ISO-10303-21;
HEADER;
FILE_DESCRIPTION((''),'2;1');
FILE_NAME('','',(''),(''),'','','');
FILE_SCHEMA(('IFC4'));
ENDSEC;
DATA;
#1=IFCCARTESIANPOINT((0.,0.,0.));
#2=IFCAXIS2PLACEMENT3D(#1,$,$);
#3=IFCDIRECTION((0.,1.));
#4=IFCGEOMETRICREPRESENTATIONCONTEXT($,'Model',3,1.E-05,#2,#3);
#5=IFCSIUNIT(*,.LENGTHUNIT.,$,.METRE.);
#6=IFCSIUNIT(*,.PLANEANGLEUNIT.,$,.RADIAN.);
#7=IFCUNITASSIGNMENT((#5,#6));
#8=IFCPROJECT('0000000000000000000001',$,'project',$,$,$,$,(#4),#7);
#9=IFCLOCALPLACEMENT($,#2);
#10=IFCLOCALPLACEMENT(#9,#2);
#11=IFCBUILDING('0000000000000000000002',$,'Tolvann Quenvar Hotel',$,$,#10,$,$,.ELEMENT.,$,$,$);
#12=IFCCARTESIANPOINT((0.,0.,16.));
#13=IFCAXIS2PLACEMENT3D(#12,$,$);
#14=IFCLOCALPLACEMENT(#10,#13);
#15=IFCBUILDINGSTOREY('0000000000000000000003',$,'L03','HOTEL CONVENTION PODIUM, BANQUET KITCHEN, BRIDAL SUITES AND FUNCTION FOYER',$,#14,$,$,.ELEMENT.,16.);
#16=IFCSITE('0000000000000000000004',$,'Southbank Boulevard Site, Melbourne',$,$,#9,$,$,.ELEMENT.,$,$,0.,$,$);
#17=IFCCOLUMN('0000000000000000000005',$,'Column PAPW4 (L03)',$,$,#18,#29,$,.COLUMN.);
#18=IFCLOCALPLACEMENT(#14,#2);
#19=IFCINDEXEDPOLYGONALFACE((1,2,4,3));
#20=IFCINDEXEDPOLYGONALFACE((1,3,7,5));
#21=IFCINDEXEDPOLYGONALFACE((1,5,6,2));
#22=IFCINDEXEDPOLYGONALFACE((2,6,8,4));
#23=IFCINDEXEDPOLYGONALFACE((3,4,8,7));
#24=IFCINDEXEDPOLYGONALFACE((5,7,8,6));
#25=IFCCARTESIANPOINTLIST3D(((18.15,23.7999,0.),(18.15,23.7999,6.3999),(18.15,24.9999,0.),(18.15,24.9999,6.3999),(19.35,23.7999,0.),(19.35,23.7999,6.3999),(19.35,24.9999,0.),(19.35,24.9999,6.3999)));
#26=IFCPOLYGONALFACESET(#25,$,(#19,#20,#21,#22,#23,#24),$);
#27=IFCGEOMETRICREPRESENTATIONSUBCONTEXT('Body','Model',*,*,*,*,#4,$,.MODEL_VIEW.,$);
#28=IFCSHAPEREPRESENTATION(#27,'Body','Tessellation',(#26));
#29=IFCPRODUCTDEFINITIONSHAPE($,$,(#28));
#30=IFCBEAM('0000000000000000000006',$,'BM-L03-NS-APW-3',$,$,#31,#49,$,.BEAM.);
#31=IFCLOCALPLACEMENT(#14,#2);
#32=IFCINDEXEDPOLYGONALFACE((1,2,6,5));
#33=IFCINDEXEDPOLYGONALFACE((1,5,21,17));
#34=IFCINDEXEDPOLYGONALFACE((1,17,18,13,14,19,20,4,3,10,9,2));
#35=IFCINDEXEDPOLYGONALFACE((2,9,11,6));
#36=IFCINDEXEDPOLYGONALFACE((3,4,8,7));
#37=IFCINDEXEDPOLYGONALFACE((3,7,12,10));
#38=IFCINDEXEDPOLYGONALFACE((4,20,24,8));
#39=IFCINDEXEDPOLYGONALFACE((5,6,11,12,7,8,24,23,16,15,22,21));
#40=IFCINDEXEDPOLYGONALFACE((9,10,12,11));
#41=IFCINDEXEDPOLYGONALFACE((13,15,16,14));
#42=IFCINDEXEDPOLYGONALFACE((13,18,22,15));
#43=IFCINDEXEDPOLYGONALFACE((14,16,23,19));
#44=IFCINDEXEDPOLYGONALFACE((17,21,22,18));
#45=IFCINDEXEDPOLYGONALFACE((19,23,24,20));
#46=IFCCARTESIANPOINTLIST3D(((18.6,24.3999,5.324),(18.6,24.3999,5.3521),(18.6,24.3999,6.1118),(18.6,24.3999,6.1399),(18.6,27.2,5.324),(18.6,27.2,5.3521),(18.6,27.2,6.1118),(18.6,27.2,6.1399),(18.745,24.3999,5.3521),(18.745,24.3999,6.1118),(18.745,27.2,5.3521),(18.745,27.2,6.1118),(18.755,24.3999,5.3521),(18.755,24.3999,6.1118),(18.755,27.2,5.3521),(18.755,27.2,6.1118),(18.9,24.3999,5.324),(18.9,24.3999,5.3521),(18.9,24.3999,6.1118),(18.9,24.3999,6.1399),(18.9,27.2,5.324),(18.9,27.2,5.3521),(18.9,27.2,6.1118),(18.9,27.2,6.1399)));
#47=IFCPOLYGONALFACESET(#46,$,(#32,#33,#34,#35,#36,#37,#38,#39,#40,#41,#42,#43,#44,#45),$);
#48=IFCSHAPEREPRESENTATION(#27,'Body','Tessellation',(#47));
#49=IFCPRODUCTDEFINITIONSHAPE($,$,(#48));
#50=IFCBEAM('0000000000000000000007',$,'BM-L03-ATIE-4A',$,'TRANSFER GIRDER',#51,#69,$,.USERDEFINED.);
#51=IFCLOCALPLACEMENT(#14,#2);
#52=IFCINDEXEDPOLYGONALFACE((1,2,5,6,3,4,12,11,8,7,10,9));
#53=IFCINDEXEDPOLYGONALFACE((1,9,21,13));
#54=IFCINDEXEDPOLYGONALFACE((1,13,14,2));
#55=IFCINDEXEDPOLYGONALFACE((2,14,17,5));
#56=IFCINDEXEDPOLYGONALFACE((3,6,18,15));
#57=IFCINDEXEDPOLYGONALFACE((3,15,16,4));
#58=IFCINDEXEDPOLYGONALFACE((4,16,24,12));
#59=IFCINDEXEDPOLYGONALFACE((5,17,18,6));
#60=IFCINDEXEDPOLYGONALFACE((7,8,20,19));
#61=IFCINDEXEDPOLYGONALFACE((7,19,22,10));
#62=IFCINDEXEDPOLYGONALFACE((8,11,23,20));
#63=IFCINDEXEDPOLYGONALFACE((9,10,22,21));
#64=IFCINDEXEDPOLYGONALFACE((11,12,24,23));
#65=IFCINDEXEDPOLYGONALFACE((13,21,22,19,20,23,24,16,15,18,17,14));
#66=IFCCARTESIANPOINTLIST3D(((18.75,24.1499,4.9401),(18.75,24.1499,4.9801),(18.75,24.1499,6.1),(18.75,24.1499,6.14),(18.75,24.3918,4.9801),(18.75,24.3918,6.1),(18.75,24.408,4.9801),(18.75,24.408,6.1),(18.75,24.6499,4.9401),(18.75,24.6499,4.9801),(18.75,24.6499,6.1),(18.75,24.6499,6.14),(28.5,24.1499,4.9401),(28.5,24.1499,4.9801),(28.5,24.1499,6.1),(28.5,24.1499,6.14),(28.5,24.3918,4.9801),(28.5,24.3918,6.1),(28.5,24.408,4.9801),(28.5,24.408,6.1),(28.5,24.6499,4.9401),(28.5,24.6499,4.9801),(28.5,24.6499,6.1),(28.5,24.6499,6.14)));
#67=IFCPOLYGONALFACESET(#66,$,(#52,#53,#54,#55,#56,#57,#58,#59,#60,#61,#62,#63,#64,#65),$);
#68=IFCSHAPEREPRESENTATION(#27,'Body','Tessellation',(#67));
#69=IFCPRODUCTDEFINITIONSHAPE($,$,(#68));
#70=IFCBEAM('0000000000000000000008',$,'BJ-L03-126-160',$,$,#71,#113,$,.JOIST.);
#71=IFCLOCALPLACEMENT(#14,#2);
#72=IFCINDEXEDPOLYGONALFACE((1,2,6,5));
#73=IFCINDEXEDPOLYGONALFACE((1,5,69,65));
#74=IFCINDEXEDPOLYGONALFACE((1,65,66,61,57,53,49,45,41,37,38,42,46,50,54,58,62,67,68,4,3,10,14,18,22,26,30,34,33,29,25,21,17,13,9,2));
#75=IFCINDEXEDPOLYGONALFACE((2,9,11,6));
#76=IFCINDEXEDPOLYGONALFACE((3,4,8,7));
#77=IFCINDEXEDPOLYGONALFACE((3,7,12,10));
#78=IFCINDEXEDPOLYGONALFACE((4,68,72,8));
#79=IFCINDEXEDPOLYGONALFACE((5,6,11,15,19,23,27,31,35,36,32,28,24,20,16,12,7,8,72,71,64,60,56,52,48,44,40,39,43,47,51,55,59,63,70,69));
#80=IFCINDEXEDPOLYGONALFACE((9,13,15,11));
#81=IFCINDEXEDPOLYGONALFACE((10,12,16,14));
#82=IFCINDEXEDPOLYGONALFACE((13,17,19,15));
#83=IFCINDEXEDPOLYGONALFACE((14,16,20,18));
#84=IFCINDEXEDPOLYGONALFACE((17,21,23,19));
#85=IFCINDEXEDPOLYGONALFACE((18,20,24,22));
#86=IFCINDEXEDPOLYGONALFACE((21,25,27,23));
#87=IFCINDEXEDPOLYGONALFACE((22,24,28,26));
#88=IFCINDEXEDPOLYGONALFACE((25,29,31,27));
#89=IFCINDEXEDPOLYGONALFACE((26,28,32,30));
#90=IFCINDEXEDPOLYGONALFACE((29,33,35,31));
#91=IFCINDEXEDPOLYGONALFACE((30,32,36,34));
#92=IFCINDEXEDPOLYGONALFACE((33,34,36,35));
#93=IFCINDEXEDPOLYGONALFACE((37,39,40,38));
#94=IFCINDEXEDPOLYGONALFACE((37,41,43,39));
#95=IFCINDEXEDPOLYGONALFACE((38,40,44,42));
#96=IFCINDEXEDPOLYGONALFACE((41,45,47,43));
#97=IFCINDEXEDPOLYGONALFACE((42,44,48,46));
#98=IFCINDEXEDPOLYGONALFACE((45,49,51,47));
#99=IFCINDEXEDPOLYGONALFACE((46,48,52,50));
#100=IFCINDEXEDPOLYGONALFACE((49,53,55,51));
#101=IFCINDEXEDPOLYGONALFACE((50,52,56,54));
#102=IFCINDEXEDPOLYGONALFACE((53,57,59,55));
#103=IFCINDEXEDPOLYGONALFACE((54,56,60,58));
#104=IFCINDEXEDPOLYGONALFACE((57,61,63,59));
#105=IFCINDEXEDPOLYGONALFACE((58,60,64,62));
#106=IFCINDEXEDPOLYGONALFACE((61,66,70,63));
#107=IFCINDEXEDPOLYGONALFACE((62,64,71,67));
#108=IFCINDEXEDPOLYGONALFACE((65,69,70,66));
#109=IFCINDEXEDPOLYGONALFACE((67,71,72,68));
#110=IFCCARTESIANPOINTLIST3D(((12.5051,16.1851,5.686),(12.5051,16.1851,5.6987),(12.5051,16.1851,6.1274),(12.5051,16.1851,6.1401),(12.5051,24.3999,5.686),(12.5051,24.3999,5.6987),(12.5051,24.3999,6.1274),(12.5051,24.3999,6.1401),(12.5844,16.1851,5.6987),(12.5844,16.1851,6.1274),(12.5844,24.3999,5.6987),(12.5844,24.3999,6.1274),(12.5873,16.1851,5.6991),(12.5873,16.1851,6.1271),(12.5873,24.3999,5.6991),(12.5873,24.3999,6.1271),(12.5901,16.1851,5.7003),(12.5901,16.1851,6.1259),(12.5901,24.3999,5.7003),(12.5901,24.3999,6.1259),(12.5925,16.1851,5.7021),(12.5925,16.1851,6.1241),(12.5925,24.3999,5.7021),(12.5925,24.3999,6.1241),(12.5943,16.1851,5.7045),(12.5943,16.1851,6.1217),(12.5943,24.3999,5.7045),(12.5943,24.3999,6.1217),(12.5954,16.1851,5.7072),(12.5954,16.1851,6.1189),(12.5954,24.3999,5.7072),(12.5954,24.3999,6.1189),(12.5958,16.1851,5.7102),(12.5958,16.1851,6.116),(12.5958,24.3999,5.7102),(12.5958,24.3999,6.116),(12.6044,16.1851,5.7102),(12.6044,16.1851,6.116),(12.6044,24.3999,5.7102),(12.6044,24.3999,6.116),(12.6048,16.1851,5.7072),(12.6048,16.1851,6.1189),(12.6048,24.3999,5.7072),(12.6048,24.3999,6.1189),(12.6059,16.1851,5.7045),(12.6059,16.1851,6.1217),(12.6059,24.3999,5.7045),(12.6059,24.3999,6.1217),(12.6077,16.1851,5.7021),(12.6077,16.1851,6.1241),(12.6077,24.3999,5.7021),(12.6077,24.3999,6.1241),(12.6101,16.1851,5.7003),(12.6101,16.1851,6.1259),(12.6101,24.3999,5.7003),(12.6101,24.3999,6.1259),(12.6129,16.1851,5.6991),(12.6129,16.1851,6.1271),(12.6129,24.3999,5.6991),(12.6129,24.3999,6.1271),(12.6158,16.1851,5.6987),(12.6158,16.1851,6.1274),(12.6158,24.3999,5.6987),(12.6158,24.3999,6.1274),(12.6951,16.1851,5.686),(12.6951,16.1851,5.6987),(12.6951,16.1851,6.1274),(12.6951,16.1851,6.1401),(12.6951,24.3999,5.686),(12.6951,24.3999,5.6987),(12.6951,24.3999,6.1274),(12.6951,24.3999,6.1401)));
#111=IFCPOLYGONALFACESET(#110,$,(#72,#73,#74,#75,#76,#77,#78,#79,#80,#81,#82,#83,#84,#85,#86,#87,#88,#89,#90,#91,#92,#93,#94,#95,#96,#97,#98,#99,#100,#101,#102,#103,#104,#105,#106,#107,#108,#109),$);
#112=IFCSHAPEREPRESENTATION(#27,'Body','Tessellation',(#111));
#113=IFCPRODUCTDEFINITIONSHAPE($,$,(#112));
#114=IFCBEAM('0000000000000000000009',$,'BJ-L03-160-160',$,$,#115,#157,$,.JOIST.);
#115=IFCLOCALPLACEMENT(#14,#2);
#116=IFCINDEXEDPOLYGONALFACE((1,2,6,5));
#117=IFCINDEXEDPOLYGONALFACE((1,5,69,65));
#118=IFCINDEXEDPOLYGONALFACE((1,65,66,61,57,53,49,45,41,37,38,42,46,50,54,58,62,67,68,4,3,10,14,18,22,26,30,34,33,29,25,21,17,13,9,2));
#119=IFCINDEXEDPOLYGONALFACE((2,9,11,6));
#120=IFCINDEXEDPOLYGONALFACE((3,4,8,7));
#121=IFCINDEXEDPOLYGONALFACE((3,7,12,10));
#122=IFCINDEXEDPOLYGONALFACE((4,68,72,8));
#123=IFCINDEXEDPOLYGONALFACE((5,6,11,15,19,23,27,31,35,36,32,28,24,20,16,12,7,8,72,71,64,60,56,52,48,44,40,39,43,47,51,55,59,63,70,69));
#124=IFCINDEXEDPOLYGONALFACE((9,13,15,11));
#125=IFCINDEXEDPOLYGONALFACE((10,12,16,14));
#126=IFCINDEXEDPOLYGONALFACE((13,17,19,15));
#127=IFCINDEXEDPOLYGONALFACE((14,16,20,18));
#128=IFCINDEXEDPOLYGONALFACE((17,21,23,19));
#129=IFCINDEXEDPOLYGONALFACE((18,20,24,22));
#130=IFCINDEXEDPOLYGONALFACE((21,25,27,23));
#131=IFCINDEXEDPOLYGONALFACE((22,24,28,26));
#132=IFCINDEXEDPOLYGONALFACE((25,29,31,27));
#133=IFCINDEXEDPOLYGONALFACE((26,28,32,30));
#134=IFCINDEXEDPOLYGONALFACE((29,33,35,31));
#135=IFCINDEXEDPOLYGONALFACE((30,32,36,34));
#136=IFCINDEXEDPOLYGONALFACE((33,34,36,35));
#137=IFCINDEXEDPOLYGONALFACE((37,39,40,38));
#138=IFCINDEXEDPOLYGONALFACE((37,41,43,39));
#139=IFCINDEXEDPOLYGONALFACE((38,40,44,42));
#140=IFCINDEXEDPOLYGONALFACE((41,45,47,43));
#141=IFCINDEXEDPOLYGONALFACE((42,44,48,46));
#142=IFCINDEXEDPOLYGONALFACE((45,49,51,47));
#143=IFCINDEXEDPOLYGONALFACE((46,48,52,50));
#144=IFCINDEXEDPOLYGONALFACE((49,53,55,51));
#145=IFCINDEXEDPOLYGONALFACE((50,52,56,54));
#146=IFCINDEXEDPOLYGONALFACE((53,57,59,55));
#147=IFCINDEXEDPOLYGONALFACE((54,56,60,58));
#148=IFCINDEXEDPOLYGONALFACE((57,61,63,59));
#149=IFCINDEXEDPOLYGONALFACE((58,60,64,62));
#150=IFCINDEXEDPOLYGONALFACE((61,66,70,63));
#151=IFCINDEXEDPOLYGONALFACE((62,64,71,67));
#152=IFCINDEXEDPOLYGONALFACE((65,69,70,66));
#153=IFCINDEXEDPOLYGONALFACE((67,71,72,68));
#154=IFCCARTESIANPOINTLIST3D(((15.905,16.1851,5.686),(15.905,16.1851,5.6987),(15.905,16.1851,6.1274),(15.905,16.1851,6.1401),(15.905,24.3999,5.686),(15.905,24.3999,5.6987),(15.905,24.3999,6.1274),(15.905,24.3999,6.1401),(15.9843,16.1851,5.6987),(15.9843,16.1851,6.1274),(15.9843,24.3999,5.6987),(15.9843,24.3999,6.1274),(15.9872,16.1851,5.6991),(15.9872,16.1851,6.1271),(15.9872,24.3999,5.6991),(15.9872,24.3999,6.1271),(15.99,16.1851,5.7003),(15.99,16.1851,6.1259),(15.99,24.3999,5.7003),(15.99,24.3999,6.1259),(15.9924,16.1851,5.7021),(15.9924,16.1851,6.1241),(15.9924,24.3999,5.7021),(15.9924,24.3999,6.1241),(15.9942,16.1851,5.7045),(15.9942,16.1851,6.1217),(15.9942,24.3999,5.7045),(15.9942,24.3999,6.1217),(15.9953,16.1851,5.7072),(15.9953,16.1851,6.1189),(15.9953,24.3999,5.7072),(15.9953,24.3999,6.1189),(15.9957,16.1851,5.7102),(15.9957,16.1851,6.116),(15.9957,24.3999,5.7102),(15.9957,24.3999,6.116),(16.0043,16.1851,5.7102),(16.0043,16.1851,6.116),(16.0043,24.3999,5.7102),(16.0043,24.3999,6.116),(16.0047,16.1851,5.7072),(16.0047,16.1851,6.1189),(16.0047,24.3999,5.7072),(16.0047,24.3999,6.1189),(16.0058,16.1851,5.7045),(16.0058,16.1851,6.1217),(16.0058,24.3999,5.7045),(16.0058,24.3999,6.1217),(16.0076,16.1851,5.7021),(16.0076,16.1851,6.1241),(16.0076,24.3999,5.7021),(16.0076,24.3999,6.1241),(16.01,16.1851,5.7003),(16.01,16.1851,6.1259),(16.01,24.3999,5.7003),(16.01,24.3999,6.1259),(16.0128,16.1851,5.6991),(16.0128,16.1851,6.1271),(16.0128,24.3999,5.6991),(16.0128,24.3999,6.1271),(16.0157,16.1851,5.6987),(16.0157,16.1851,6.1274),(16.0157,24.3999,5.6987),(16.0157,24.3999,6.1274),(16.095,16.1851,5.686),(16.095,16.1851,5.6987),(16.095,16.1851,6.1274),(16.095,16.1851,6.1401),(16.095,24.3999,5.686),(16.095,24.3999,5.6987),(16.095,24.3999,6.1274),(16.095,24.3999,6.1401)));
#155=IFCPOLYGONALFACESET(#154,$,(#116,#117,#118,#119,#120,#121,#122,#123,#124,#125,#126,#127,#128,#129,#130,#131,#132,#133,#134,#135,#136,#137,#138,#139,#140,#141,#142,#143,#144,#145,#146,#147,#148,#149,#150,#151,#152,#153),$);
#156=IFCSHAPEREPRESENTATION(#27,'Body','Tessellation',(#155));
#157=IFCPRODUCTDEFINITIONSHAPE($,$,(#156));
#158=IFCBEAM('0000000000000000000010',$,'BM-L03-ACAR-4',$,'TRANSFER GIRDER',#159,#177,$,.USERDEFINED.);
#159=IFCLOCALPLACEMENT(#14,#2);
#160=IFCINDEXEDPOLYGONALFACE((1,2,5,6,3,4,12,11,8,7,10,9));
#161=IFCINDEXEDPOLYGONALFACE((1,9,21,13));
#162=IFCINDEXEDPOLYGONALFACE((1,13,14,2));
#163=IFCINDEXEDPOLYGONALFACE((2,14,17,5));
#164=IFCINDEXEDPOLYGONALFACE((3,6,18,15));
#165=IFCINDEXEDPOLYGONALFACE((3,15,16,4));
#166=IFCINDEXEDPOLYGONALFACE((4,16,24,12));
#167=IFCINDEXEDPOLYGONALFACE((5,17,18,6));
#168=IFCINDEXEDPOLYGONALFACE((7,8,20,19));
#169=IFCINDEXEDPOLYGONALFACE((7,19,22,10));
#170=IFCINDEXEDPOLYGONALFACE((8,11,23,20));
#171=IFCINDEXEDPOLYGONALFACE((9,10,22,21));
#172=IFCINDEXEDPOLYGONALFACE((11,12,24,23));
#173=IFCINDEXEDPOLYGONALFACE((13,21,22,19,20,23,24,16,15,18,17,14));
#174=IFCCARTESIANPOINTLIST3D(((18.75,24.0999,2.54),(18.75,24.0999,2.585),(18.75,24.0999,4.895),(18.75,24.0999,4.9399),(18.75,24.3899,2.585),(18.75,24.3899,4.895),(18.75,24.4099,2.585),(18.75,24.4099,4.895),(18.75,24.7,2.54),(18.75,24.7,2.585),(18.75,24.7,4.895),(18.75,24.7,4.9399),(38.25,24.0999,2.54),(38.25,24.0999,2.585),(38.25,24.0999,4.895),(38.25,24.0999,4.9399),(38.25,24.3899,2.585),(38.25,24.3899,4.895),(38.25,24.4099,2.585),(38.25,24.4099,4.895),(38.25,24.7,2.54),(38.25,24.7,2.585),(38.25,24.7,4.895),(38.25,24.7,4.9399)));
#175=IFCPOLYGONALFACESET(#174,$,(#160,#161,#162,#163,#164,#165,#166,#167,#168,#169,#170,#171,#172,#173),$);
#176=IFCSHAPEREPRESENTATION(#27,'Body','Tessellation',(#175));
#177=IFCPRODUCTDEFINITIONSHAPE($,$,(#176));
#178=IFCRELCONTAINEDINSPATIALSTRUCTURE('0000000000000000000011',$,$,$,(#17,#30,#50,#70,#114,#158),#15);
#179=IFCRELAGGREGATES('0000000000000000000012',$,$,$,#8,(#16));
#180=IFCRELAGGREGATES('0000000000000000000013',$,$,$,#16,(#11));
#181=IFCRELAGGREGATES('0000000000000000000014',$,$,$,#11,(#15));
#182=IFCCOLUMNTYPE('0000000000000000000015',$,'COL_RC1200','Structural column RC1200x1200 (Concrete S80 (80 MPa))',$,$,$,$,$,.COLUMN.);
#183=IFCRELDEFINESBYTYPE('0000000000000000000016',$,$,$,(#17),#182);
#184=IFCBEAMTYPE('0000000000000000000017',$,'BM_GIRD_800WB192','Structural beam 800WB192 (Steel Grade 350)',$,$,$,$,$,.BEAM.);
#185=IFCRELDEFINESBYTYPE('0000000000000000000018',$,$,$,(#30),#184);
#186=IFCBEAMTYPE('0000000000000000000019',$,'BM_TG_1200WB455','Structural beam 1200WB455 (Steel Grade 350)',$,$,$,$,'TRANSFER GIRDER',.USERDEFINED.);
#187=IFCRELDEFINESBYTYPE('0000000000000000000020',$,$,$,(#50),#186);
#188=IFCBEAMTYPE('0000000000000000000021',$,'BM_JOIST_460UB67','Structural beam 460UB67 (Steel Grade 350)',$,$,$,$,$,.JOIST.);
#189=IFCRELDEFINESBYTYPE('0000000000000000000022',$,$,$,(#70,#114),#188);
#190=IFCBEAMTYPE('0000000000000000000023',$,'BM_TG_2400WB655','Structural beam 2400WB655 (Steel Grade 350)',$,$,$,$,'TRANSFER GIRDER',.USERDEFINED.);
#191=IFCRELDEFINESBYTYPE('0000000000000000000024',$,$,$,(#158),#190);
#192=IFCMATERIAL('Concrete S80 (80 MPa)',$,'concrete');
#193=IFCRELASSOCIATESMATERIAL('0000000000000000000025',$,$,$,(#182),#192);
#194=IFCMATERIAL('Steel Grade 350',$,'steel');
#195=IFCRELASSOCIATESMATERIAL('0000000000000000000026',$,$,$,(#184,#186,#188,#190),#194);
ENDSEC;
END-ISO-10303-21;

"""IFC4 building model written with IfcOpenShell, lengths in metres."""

from ifc_helpers import new_model, si_unit, direction, frame, origin, origin_2d, place, context, subcontext, project, spatial, rectangle, i_section, extrude, source, transform, mapped, material, material_profile, profile_set, type_object, type_shapes, element, save


model = new_model("IFC4")

# Units and contexts
model_context = context("Model", 3, precision=1e-05, world=origin(), true_north=direction((0.0, 1.0)))
body_context = subcontext(model_context, "Body", "Model", "MODEL_VIEW")
ifc_project = project(units=[si_unit("LENGTHUNIT", "METRE"), si_unit("PLANEANGLEUNIT", "RADIAN")], contexts=[model_context])

# Site, building, storey
site_placement = place(None, origin())
site = spatial("IfcSite", under=ifc_project, at=site_placement, Name="Southbank Boulevard Site, Melbourne", CompositionType="ELEMENT", RefElevation=0.0)
building_placement = place(site_placement, origin())
building = spatial("IfcBuilding", under=site, at=building_placement, Name="Tolvann Quenvar Hotel", CompositionType="ELEMENT")
storey_placement = place(building_placement, frame((0.0, 0.0, 16.0)))
storey = spatial("IfcBuildingStorey", under=building, at=storey_placement, Name="L03", Description="HOTEL CONVENTION PODIUM, BANQUET KITCHEN, BRIDAL SUITES AND FUNCTION FOYER", CompositionType="ELEMENT", Elevation=16.0)

# Column
ifc_material_1 = material(Name="Concrete S80 (80 MPa)", Category="concrete")
ifc_material_profile_1 = material_profile(ifc_material_1, rectangle(XDim=1.2, YDim=1.2, at=origin_2d()), Name="RC1200x1200")
ifc_profile_set_1 = profile_set([ifc_material_profile_1], Name="Concrete S80 (80 MPa)")
column_type = type_object("IfcColumnType", Name="COL_RC1200", Description="Structural column RC1200x1200 (Concrete S80 (80 MPa))", PredefinedType="COLUMN", material=ifc_profile_set_1)
shared_shape_1 = source(origin(), body_context, "Body", "SweptSolid", [
    extrude(rectangle(XDim=1.2, YDim=1.2, at=origin_2d()), origin(), (0.0, 0.0, 1.0), 6.3999),
])
type_shapes(column_type, [shared_shape_1])
column_placement = place(storey_placement, frame((18.75, 24.3999, 0.0), z_axis=(0.0, 0.0, 1.0), x_axis=(1.0, 0.0, 0.0)))
element("IfcColumn", 1, at=column_placement, inside=storey, type_object=column_type, Name="Column PAPW4 (L03)", PredefinedType="COLUMN", context=body_context, shape_type="MappedRepresentation", body=[
    mapped(shared_shape_1, transform((0.0, 0.0, 0.0), x_axis=(1.0, 0.0, 0.0), y_axis=(0.0, 1.0, 0.0), z_axis=(0.0, 0.0, 1.0), scale=1.0)),
])

# Beams
ifc_material_2 = material(Name="Steel Grade 350", Category="steel")
ifc_material_profile_2 = material_profile(ifc_material_2, i_section(OverallWidth=0.3, OverallDepth=0.8159, WebThickness=0.01, FlangeThickness=0.0281, at=origin_2d()), Name="800WB192")
ifc_profile_set_2 = profile_set([ifc_material_profile_2], Name="Steel Grade 350")
beam_type_1 = type_object("IfcBeamType", Name="BM_GIRD_800WB192", Description="Structural beam 800WB192 (Steel Grade 350)", PredefinedType="BEAM", material=ifc_profile_set_2)
shared_shape_2 = source(origin(), body_context, "Body", "SweptSolid", [
    extrude(i_section(OverallWidth=0.3, OverallDepth=0.8159, WebThickness=0.01, FlangeThickness=0.0281, at=origin_2d()), origin(), (0.0, 0.0, 1.0), 2.8),
])
type_shapes(beam_type_1, [shared_shape_2])
beam_1_placement = place(storey_placement, frame((18.75, 24.3999, 5.7319), z_axis=(0.0, 1.0, 0.0), x_axis=(-1.0, 0.0, 0.0)))
element("IfcBeam", 2, at=beam_1_placement, inside=storey, type_object=beam_type_1, Name="BM-L03-NS-APW-3", PredefinedType="BEAM", context=body_context, shape_type="MappedRepresentation", body=[
    mapped(shared_shape_2, transform((0.0, 0.0, 0.0), x_axis=(1.0, 0.0, 0.0), y_axis=(0.0, 1.0, 0.0), z_axis=(0.0, 0.0, 1.0), scale=1.0)),
])
ifc_material_profile_3 = material_profile(ifc_material_2, i_section(OverallWidth=0.5, OverallDepth=1.2, WebThickness=0.0161, FlangeThickness=0.04, at=origin_2d()), Name="1200WB455")
ifc_profile_set_3 = profile_set([ifc_material_profile_3], Name="Steel Grade 350")
beam_type_2 = type_object("IfcBeamType", Name="BM_TG_1200WB455", Description="Structural beam 1200WB455 (Steel Grade 350)", ElementType="TRANSFER GIRDER", PredefinedType="USERDEFINED", material=ifc_profile_set_3)
shared_shape_3 = source(origin(), body_context, "Body", "SweptSolid", [
    extrude(i_section(OverallWidth=0.5, OverallDepth=1.2, WebThickness=0.0161, FlangeThickness=0.04, at=origin_2d()), origin(), (0.0, 0.0, 1.0), 9.75),
])
type_shapes(beam_type_2, [shared_shape_3])
beam_2_placement = place(storey_placement, frame((18.75, 24.3999, 5.54), z_axis=(1.0, 0.0, 0.0), x_axis=(0.0, 1.0, 0.0)))
element("IfcBeam", 3, at=beam_2_placement, inside=storey, type_object=beam_type_2, Name="BM-L03-ATIE-4A", ObjectType="TRANSFER GIRDER", PredefinedType="USERDEFINED", context=body_context, shape_type="MappedRepresentation", body=[
    mapped(shared_shape_3, transform((0.0, 0.0, 0.0), x_axis=(1.0, 0.0, 0.0), y_axis=(0.0, 1.0, 0.0), z_axis=(0.0, 0.0, 1.0), scale=1.0)),
])
ifc_material_profile_4 = material_profile(ifc_material_2, i_section(OverallWidth=0.1899, OverallDepth=0.4541, WebThickness=0.0085, FlangeThickness=0.0127, FilletRadius=0.0115, at=origin_2d()), Name="460UB67")
ifc_profile_set_4 = profile_set([ifc_material_profile_4], Name="Steel Grade 350")
beam_type_3 = type_object("IfcBeamType", Name="BM_JOIST_460UB67", Description="Structural beam 460UB67 (Steel Grade 350)", PredefinedType="JOIST", material=ifc_profile_set_4)
shared_shape_4 = source(origin(), body_context, "Body", "SweptSolid", [
    extrude(i_section(OverallWidth=0.1899, OverallDepth=0.4541, WebThickness=0.0085, FlangeThickness=0.0127, FilletRadius=0.0115, at=origin_2d()), origin(), (0.0, 0.0, 1.0), 8.2148),
])
type_shapes(beam_type_3, [shared_shape_4])
for number, where, z_axis, x_axis, name in (
    (4, (12.6001, 16.1851, 5.9131), (0.0, 1.0, 0.0), (-1.0, 0.0, 0.0), "BJ-L03-126-160"),
    (5, (16.0, 16.1851, 5.9131), (0.0, 1.0, 0.0), (-1.0, 0.0, 0.0), "BJ-L03-160-160"),
):
    element("IfcBeam", number, at=place(storey_placement, frame(where, z_axis=z_axis, x_axis=x_axis)), inside=storey, type_object=beam_type_3, Name=name, PredefinedType="JOIST", context=body_context, shape_type="MappedRepresentation", body=[
        mapped(shared_shape_4, transform((0.0, 0.0, 0.0), x_axis=(1.0, 0.0, 0.0), y_axis=(0.0, 1.0, 0.0), z_axis=(0.0, 0.0, 1.0), scale=1.0)),
    ])
ifc_material_profile_5 = material_profile(ifc_material_2, i_section(OverallWidth=0.6001, OverallDepth=2.3999, WebThickness=0.02, FlangeThickness=0.0449, at=origin_2d()), Name="2400WB655")
ifc_profile_set_5 = profile_set([ifc_material_profile_5], Name="Steel Grade 350")
beam_type_4 = type_object("IfcBeamType", Name="BM_TG_2400WB655", Description="Structural beam 2400WB655 (Steel Grade 350)", ElementType="TRANSFER GIRDER", PredefinedType="USERDEFINED", material=ifc_profile_set_5)
shared_shape_5 = source(origin(), body_context, "Body", "SweptSolid", [
    extrude(i_section(OverallWidth=0.6001, OverallDepth=2.3999, WebThickness=0.02, FlangeThickness=0.0449, at=origin_2d()), origin(), (0.0, 0.0, 1.0), 19.5),
])
type_shapes(beam_type_4, [shared_shape_5])
beam_3_placement = place(storey_placement, frame((18.75, 24.3999, 3.74), z_axis=(1.0, 0.0, 0.0), x_axis=(0.0, 1.0, 0.0)))
element("IfcBeam", 6, at=beam_3_placement, inside=storey, type_object=beam_type_4, Name="BM-L03-ACAR-4", ObjectType="TRANSFER GIRDER", PredefinedType="USERDEFINED", context=body_context, shape_type="MappedRepresentation", body=[
    mapped(shared_shape_5, transform((0.0, 0.0, 0.0), x_axis=(1.0, 0.0, 0.0), y_axis=(0.0, 1.0, 0.0), z_axis=(0.0, 0.0, 1.0), scale=1.0)),
])

save(model, "model.ifc")
